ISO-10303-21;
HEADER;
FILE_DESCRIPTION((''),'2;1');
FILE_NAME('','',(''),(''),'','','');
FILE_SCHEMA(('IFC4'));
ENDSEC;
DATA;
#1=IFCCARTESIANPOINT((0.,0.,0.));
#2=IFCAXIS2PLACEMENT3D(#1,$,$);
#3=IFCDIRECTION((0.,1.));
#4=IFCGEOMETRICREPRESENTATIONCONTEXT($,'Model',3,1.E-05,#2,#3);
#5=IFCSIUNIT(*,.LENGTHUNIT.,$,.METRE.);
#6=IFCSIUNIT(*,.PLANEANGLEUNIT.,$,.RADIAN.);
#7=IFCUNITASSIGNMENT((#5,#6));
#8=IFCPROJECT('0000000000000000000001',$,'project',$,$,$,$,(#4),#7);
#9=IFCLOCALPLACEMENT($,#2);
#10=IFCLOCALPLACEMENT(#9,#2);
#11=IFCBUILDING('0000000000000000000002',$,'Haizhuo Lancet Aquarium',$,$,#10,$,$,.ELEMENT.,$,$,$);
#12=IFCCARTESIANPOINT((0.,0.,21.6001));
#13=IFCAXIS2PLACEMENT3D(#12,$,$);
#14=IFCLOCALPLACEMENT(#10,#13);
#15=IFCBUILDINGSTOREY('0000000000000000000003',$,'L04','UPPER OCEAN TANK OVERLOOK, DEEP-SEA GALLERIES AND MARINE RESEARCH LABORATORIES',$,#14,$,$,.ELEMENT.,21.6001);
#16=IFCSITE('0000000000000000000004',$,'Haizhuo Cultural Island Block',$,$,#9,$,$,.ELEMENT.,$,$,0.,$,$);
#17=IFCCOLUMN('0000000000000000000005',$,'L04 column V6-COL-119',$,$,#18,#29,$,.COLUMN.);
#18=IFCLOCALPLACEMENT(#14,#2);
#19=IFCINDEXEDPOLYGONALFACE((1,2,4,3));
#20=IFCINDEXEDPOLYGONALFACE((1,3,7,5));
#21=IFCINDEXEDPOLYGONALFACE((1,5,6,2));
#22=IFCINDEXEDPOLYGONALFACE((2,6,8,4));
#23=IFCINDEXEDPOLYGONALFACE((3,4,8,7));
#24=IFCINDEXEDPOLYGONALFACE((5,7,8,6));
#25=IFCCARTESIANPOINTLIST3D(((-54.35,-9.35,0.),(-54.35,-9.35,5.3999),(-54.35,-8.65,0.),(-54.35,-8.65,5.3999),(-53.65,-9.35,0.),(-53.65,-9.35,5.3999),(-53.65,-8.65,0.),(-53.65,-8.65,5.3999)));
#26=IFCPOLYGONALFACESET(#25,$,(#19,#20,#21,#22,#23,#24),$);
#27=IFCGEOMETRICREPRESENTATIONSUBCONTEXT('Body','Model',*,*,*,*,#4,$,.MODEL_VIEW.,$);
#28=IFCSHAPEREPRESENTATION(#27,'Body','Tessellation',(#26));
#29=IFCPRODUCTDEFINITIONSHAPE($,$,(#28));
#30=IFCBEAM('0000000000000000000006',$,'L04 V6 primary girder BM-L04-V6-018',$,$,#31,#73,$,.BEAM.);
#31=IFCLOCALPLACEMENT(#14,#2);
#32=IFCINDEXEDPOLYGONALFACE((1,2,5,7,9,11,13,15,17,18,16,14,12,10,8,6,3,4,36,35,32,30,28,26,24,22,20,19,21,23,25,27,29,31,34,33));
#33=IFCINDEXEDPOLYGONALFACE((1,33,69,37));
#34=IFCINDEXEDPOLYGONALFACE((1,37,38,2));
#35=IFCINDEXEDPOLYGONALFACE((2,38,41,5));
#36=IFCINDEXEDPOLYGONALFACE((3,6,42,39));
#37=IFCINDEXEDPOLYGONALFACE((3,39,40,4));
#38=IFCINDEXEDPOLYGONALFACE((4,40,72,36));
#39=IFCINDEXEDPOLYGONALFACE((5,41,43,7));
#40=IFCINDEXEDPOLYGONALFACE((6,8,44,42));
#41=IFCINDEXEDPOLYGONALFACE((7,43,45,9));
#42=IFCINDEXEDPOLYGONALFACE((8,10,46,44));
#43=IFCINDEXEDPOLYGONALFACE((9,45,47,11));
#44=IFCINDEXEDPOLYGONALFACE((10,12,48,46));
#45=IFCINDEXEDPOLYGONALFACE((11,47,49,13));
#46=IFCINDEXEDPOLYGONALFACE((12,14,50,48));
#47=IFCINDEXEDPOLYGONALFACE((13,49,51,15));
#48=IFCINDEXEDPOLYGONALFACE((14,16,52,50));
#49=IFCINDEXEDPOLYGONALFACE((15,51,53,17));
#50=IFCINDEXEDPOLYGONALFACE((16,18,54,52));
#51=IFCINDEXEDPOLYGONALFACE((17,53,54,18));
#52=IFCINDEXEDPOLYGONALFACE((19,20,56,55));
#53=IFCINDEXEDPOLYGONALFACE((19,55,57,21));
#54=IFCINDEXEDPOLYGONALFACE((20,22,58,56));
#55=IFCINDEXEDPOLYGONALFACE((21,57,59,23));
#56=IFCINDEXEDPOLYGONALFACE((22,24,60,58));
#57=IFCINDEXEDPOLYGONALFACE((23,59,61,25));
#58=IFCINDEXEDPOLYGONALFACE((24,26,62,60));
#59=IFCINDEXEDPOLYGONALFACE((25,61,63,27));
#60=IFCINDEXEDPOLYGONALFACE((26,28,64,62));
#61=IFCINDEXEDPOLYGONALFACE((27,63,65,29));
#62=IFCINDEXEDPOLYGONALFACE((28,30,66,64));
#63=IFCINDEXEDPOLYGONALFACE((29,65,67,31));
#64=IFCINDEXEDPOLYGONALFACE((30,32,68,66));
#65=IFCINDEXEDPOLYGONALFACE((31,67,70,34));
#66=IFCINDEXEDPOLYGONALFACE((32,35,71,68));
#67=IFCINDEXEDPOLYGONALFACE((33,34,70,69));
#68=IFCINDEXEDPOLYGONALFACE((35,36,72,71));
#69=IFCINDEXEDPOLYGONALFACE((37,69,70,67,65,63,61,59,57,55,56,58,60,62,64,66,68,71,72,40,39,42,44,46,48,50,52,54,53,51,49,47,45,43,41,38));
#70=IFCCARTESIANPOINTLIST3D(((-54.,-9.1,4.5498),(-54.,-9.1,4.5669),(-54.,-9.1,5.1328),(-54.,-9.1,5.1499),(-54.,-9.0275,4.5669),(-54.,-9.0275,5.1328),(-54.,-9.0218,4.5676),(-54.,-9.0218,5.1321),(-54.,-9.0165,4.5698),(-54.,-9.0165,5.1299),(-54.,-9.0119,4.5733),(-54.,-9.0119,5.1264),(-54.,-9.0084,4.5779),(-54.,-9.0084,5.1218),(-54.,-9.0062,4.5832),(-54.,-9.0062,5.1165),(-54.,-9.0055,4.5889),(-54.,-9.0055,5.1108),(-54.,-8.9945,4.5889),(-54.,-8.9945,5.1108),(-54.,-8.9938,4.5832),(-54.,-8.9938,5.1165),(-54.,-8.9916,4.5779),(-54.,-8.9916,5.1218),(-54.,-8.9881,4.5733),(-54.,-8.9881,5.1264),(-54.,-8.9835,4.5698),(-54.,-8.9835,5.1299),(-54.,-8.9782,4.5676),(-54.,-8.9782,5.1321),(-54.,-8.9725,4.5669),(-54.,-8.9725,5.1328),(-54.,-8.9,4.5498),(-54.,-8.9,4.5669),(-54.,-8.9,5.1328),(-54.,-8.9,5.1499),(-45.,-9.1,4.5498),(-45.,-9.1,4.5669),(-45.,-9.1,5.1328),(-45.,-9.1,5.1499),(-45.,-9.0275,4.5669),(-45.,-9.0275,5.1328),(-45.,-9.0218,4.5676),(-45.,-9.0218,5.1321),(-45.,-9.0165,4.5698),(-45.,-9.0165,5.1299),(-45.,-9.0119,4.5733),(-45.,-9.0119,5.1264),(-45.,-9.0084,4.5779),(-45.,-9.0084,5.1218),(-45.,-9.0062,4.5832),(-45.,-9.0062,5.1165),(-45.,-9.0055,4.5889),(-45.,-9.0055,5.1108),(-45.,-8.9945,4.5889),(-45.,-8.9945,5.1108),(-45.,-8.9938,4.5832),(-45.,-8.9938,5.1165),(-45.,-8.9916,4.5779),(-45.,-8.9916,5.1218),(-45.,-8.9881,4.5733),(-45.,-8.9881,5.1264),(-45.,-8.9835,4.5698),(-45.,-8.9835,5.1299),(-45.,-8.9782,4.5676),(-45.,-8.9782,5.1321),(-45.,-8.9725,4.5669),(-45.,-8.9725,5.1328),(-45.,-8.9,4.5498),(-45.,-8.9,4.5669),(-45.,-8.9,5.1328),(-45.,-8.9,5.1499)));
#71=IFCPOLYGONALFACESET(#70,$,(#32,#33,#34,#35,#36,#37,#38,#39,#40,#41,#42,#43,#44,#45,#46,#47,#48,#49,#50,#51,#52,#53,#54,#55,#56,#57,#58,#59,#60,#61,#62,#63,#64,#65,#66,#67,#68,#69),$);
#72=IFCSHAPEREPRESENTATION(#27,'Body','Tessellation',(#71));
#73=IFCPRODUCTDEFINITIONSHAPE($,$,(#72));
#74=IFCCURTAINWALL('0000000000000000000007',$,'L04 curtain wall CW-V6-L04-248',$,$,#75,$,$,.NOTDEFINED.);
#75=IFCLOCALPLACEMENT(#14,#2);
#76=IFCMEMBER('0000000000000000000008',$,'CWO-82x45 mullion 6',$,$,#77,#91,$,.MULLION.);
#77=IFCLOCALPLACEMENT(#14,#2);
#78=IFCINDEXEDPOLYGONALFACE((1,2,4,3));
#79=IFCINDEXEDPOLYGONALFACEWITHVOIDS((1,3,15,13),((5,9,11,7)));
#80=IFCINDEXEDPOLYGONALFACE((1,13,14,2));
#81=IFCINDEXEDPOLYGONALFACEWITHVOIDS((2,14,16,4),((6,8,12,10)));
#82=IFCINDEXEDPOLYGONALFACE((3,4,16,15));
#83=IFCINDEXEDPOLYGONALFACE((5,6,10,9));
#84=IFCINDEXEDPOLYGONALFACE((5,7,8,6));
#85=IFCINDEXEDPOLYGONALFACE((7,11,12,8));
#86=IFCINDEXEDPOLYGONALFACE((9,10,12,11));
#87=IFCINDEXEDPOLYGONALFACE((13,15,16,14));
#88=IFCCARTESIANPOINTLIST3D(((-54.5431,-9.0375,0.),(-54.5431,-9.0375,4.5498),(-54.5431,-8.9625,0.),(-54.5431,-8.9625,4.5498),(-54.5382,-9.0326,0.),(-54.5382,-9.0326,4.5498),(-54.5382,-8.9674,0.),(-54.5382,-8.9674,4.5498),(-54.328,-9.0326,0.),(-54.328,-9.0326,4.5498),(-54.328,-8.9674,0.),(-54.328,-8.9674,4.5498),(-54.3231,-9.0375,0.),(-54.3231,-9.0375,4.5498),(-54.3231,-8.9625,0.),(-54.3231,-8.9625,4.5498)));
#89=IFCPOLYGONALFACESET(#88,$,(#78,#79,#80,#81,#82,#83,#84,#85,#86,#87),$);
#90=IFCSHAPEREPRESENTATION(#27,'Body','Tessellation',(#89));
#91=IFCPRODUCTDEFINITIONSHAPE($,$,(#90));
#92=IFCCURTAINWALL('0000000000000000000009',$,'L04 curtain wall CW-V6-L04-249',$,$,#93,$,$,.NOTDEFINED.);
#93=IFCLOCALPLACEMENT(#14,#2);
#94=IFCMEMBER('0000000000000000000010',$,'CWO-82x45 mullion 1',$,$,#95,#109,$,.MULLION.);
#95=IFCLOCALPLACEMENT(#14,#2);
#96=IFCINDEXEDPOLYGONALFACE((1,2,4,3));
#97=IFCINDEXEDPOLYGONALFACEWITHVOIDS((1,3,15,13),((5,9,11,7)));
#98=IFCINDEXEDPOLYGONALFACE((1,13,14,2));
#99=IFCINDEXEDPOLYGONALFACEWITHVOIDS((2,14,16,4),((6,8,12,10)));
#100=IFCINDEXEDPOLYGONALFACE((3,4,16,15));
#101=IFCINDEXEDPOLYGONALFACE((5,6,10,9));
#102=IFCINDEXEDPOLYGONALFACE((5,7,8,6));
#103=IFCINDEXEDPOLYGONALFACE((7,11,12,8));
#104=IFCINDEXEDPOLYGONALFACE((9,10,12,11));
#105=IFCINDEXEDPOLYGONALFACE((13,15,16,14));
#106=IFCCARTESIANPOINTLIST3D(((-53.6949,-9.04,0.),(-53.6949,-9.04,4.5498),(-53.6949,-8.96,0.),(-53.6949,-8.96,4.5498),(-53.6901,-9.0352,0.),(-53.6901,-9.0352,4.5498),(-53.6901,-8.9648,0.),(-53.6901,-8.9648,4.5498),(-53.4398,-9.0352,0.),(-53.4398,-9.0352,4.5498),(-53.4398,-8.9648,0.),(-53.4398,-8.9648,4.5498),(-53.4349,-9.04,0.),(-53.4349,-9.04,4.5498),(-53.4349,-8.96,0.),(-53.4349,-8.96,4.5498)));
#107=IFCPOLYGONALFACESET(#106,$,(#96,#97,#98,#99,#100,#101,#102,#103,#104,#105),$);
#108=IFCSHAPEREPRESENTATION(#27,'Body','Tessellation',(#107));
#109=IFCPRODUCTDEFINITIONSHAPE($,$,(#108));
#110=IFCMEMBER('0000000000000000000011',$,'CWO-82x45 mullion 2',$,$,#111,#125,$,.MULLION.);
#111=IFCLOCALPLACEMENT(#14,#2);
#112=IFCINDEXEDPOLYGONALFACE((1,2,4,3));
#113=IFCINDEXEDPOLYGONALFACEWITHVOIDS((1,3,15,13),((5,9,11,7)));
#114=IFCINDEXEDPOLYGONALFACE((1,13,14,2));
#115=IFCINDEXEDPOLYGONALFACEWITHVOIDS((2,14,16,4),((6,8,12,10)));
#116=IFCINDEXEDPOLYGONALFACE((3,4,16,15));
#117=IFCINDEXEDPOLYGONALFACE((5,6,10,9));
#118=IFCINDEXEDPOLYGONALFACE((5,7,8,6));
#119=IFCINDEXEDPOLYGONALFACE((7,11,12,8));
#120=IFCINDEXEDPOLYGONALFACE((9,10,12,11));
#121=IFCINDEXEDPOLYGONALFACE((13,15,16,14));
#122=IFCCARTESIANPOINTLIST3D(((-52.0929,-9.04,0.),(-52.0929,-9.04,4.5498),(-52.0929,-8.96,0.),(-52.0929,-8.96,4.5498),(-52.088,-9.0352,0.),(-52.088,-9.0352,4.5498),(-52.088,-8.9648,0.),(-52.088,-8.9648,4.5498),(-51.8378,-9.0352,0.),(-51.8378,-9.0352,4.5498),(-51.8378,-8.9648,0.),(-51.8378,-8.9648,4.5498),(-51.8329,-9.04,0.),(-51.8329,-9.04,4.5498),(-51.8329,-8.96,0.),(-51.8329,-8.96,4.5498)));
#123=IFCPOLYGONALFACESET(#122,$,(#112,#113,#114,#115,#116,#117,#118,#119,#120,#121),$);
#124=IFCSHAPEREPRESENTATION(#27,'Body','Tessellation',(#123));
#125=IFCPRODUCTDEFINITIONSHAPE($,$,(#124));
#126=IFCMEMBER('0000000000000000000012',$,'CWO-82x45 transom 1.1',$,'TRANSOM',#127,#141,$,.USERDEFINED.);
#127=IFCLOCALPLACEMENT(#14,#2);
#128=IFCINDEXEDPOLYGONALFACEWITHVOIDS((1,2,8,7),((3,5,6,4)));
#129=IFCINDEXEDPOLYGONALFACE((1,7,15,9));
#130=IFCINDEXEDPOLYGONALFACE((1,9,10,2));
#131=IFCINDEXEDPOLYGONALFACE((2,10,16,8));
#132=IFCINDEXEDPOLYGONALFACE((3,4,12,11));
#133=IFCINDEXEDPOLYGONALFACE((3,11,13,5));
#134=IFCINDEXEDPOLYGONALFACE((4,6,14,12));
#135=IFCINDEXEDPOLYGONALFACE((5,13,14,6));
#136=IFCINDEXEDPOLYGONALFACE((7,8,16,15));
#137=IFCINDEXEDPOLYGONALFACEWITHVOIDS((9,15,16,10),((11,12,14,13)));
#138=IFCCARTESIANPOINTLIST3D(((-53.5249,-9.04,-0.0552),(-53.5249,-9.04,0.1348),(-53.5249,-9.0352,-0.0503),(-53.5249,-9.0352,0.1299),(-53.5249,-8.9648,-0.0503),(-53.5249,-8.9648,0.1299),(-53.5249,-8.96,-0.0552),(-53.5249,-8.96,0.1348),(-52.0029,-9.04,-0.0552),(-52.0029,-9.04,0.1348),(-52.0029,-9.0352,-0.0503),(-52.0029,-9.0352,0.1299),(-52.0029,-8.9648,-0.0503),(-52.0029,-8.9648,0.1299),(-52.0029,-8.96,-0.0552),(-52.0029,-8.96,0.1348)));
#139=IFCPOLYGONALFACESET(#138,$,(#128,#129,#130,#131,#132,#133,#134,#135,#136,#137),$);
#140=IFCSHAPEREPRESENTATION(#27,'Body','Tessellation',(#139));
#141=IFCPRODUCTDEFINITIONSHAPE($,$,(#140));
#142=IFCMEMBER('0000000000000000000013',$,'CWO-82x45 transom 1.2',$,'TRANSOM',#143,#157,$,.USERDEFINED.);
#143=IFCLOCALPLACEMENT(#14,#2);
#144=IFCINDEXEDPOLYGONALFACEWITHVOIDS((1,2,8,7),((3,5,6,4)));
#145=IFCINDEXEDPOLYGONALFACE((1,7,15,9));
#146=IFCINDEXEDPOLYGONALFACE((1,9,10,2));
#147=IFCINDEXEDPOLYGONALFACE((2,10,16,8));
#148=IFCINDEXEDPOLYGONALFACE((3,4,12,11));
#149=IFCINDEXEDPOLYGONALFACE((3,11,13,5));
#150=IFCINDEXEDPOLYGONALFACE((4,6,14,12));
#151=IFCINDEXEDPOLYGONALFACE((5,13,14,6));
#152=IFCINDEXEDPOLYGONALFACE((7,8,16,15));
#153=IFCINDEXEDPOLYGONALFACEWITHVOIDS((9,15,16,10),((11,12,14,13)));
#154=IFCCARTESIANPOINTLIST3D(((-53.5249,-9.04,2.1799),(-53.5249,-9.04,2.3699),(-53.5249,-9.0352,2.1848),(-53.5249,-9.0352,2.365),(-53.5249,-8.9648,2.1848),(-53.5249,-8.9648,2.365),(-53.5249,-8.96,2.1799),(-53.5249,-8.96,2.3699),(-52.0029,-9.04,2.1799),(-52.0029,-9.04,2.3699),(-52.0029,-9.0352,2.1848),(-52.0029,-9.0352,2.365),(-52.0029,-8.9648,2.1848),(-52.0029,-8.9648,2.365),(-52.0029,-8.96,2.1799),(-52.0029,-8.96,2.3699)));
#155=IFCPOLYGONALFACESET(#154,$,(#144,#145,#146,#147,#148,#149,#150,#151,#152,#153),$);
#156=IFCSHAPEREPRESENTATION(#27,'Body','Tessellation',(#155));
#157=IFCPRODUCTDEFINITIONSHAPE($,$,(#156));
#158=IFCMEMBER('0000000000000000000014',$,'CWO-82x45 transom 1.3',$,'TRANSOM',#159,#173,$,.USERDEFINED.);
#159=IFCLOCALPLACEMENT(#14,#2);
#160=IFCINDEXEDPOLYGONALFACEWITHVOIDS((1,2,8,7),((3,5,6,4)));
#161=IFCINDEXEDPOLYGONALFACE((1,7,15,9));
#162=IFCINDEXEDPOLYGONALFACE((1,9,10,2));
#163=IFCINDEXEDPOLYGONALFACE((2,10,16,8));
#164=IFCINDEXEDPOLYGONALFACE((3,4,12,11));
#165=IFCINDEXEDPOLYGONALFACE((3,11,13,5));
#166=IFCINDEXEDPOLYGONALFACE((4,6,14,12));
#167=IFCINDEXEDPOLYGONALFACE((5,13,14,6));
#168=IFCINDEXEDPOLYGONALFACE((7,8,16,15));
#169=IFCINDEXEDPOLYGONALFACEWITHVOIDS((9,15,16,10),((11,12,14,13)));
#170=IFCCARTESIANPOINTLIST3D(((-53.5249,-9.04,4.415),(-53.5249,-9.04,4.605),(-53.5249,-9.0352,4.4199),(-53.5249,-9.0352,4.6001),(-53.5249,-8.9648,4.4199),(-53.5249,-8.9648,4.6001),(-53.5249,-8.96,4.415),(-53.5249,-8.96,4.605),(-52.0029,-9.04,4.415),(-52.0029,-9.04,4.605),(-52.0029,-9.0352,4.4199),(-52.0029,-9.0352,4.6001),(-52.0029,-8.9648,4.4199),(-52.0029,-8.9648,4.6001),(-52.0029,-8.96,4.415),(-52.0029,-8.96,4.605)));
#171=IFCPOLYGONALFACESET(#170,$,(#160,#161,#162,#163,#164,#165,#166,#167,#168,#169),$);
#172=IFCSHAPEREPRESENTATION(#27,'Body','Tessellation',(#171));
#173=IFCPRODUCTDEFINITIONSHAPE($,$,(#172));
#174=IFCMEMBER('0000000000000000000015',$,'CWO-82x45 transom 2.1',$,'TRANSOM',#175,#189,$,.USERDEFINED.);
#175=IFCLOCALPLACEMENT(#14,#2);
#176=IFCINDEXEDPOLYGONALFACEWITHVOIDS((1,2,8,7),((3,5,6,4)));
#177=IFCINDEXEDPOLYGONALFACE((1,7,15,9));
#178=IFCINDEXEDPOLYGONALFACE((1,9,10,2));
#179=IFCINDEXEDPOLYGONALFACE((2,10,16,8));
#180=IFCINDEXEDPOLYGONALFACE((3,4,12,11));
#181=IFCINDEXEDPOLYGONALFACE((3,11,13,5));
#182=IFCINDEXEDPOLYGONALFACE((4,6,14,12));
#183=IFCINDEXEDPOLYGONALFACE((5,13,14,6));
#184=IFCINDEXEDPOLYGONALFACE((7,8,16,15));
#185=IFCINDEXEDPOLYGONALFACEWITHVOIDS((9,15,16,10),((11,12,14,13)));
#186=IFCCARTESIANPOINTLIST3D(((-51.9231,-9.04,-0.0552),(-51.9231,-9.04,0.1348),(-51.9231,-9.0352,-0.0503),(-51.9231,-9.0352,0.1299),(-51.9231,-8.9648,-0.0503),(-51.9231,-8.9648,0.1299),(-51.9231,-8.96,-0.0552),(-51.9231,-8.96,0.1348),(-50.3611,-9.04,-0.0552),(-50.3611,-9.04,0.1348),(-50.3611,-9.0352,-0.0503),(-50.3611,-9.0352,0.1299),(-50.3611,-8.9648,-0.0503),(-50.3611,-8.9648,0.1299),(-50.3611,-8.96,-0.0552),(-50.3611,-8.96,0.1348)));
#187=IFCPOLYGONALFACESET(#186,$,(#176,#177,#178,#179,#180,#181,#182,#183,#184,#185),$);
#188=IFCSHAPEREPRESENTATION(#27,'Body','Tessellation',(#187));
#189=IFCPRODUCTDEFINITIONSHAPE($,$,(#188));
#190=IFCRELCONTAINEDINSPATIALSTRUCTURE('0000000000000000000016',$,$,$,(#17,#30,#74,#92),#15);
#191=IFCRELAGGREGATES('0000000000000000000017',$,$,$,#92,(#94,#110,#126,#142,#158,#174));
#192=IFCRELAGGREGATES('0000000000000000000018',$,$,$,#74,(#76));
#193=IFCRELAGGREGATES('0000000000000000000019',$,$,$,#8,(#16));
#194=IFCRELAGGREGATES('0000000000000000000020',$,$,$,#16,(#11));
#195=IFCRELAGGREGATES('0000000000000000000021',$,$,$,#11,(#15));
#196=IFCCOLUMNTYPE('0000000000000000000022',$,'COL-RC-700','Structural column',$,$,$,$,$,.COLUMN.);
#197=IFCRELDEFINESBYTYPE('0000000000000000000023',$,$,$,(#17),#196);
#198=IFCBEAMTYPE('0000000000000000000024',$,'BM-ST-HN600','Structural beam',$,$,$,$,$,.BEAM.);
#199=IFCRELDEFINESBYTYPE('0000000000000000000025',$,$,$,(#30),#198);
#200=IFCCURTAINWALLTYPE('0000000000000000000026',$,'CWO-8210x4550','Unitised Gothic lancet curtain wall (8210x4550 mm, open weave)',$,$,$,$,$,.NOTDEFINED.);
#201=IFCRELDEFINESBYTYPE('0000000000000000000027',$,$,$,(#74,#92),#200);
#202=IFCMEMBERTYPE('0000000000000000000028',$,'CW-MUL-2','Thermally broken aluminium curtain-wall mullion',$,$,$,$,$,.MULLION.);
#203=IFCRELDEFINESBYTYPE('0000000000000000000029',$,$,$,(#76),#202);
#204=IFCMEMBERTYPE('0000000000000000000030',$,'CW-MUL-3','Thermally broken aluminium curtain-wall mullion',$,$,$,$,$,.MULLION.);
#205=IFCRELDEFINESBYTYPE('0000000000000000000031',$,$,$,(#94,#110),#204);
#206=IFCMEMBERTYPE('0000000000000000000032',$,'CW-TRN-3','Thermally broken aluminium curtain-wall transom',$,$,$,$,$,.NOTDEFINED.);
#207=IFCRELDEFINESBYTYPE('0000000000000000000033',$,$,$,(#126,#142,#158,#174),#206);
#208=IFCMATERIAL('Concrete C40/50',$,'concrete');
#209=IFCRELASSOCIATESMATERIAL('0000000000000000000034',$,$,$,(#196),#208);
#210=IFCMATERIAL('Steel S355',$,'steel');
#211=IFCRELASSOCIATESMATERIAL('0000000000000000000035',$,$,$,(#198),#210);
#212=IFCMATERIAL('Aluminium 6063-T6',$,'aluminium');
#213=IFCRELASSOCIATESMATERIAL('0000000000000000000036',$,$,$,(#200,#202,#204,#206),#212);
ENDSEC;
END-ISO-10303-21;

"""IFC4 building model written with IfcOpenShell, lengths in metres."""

from ifc_helpers import new_model, si_unit, direction, frame, origin, origin_2d, place, context, subcontext, project, spatial, rectangle, hollow_rectangle, i_section, extrude, material, material_profile, profile_set, type_object, element, aggregate, save


model = new_model("IFC4")

# Units and contexts
model_context = context("Model", 3, precision=1e-05, world=origin(), true_north=direction((0.0, 1.0)))
body_context = subcontext(model_context, "Body", "Model", "MODEL_VIEW")
ifc_project = project(units=[si_unit("LENGTHUNIT", "METRE"), si_unit("PLANEANGLEUNIT", "RADIAN")], contexts=[model_context])

# Site, building, storey
site_placement = place(None, origin())
site = spatial("IfcSite", under=ifc_project, at=site_placement, Name="Haizhuo Cultural Island Block", CompositionType="ELEMENT", RefElevation=0.0)
building_placement = place(site_placement, origin())
building = spatial("IfcBuilding", under=site, at=building_placement, Name="Haizhuo Lancet Aquarium", CompositionType="ELEMENT")
storey_placement = place(building_placement, frame((0.0, 0.0, 21.6001)))
storey = spatial("IfcBuildingStorey", under=building, at=storey_placement, Name="L04", Description="UPPER OCEAN TANK OVERLOOK, DEEP-SEA GALLERIES AND MARINE RESEARCH LABORATORIES", CompositionType="ELEMENT", Elevation=21.6001)

# Column
ifc_material_1 = material(Name="Concrete C40/50", Category="concrete")
ifc_material_profile_1 = material_profile(ifc_material_1, rectangle(XDim=0.7, YDim=0.7, at=origin_2d()), Name="RC-COL 700x700")
ifc_profile_set_1 = profile_set([ifc_material_profile_1], Name="Concrete C40/50")
column_type = type_object("IfcColumnType", Name="COL-RC-700", Description="Structural column", PredefinedType="COLUMN", material=ifc_profile_set_1)
column_placement = place(storey_placement, frame((-54.0, -9.0, 0.0), z_axis=(0.0, 0.0, 1.0), x_axis=(1.0, 0.0, 0.0)))
element("IfcColumn", 1, at=column_placement, inside=storey, type_object=column_type, Name="L04 column V6-COL-119", PredefinedType="COLUMN", context=body_context, shape_type="SweptSolid", body=[
    extrude(rectangle(XDim=0.7, YDim=0.7, at=origin_2d()), origin(), (0.0, 0.0, 1.0), 5.3999),
])

# Beam
ifc_material_2 = material(Name="Steel S355", Category="steel")
ifc_material_profile_2 = material_profile(ifc_material_2, i_section(OverallWidth=0.2, OverallDepth=0.6001, WebThickness=0.011, FlangeThickness=0.0171, FilletRadius=0.022, at=origin_2d()), Name="HN 600x200x11x17")
ifc_profile_set_2 = profile_set([ifc_material_profile_2], Name="Steel S355")
beam_type = type_object("IfcBeamType", Name="BM-ST-HN600", Description="Structural beam", PredefinedType="BEAM", material=ifc_profile_set_2)
beam_placement = place(storey_placement, frame((-54.0, -9.0, 4.8499), z_axis=(1.0, 0.0, 0.0), x_axis=(0.0, 1.0, 0.0)))
element("IfcBeam", 2, at=beam_placement, inside=storey, type_object=beam_type, Name="L04 V6 primary girder BM-L04-V6-018", PredefinedType="BEAM", context=body_context, shape_type="SweptSolid", body=[
    extrude(i_section(OverallWidth=0.2, OverallDepth=0.6001, WebThickness=0.011, FlangeThickness=0.0171, FilletRadius=0.022, at=origin_2d()), origin(), (0.0, 0.0, 1.0), 9.0),
])

# Curtain wall, member
ifc_material_3 = material(Name="Aluminium 6063-T6", Category="aluminium")
curtain_wall_type = type_object("IfcCurtainWallType", Name="CWO-8210x4550", Description="Unitised Gothic lancet curtain wall (8210x4550 mm, open weave)", PredefinedType="NOTDEFINED", material=ifc_material_3)
curtain_wall_1_placement = place(storey_placement, origin())
curtain_wall_1 = element("IfcCurtainWall", 3, at=curtain_wall_1_placement, inside=storey, type_object=curtain_wall_type, Name="L04 curtain wall CW-V6-L04-248", PredefinedType="NOTDEFINED")
ifc_material_profile_3 = material_profile(ifc_material_3, hollow_rectangle(XDim=0.075, YDim=0.22, WallThickness=0.0049, at=origin_2d()), Name="ALU-M 75x220x5")
ifc_profile_set_3 = profile_set([ifc_material_profile_3], Name="Aluminium 6063-T6")
member_type_1 = type_object("IfcMemberType", Name="CW-MUL-2", Description="Thermally broken aluminium curtain-wall mullion", PredefinedType="MULLION", material=ifc_profile_set_3)
member_1_placement = place(storey_placement, frame((-54.4331, -9.0, 0.0), z_axis=(0.0, 0.0, 1.0), x_axis=(0.0, 1.0, 0.0)))
member_1 = element("IfcMember", 4, at=member_1_placement, type_object=member_type_1, Name="CWO-82x45 mullion 6", PredefinedType="MULLION", context=body_context, shape_type="SweptSolid", body=[
    extrude(hollow_rectangle(XDim=0.075, YDim=0.22, WallThickness=0.0049, at=origin_2d()), origin(), (0.0, 0.0, 1.0), 4.5498),
])

# Curtain wall, members
curtain_wall_2_placement = place(storey_placement, origin())
curtain_wall_2 = element("IfcCurtainWall", 5, at=curtain_wall_2_placement, inside=storey, type_object=curtain_wall_type, Name="L04 curtain wall CW-V6-L04-249", PredefinedType="NOTDEFINED")
ifc_material_profile_4 = material_profile(ifc_material_3, hollow_rectangle(XDim=0.0801, YDim=0.26, WallThickness=0.0049, at=origin_2d()), Name="ALU-M 80x260x5")
ifc_profile_set_4 = profile_set([ifc_material_profile_4], Name="Aluminium 6063-T6")
member_type_2 = type_object("IfcMemberType", Name="CW-MUL-3", Description="Thermally broken aluminium curtain-wall mullion", PredefinedType="MULLION", material=ifc_profile_set_4)
member_2_placement = place(storey_placement, frame((-53.5649, -9.0, 0.0), z_axis=(0.0, 0.0, 1.0), x_axis=(0.0, 1.0, 0.0)))
member_2 = element("IfcMember", 6, at=member_2_placement, type_object=member_type_2, Name="CWO-82x45 mullion 1", PredefinedType="MULLION", context=body_context, shape_type="SweptSolid", body=[
    extrude(hollow_rectangle(XDim=0.0801, YDim=0.26, WallThickness=0.0049, at=origin_2d()), origin(), (0.0, 0.0, 1.0), 4.5498),
])
member_3_placement = place(storey_placement, frame((-51.9629, -9.0, 0.0), z_axis=(0.0, 0.0, 1.0), x_axis=(0.0, 1.0, 0.0)))
member_3 = element("IfcMember", 7, at=member_3_placement, type_object=member_type_2, Name="CWO-82x45 mullion 2", PredefinedType="MULLION", context=body_context, shape_type="SweptSolid", body=[
    extrude(hollow_rectangle(XDim=0.0801, YDim=0.26, WallThickness=0.0049, at=origin_2d()), origin(), (0.0, 0.0, 1.0), 4.5498),
])
ifc_material_profile_5 = material_profile(ifc_material_3, hollow_rectangle(XDim=0.0801, YDim=0.1899, WallThickness=0.0049, at=origin_2d()), Name="ALU-T 80x190x5")
ifc_profile_set_5 = profile_set([ifc_material_profile_5], Name="Aluminium 6063-T6")
member_type_3 = type_object("IfcMemberType", Name="CW-TRN-3", Description="Thermally broken aluminium curtain-wall transom", PredefinedType="NOTDEFINED", material=ifc_profile_set_5)
member_4_placement = place(storey_placement, frame((-53.5249, -9.0, 0.0398), z_axis=(1.0, 0.0, 0.0), x_axis=(0.0, 1.0, 0.0)))
member_4 = element("IfcMember", 8, at=member_4_placement, type_object=member_type_3, Name="CWO-82x45 transom 1.1", ObjectType="TRANSOM", PredefinedType="USERDEFINED", context=body_context, shape_type="SweptSolid", body=[
    extrude(hollow_rectangle(XDim=0.0801, YDim=0.1899, WallThickness=0.0049, at=origin_2d()), origin(), (0.0, 0.0, 1.0), 1.522),
])
member_5_placement = place(storey_placement, frame((-53.5249, -9.0, 2.2749), z_axis=(1.0, 0.0, 0.0), x_axis=(0.0, 1.0, 0.0)))
member_5 = element("IfcMember", 9, at=member_5_placement, type_object=member_type_3, Name="CWO-82x45 transom 1.2", ObjectType="TRANSOM", PredefinedType="USERDEFINED", context=body_context, shape_type="SweptSolid", body=[
    extrude(hollow_rectangle(XDim=0.0801, YDim=0.1899, WallThickness=0.0049, at=origin_2d()), origin(), (0.0, 0.0, 1.0), 1.522),
])
member_6_placement = place(storey_placement, frame((-53.5249, -9.0, 4.51), z_axis=(1.0, 0.0, 0.0), x_axis=(0.0, 1.0, 0.0)))
member_6 = element("IfcMember", 10, at=member_6_placement, type_object=member_type_3, Name="CWO-82x45 transom 1.3", ObjectType="TRANSOM", PredefinedType="USERDEFINED", context=body_context, shape_type="SweptSolid", body=[
    extrude(hollow_rectangle(XDim=0.0801, YDim=0.1899, WallThickness=0.0049, at=origin_2d()), origin(), (0.0, 0.0, 1.0), 1.522),
])
member_7_placement = place(storey_placement, frame((-51.9231, -9.0, 0.0398), z_axis=(1.0, 0.0, 0.0), x_axis=(0.0, 1.0, 0.0)))
member_7 = element("IfcMember", 11, at=member_7_placement, type_object=member_type_3, Name="CWO-82x45 transom 2.1", ObjectType="TRANSOM", PredefinedType="USERDEFINED", context=body_context, shape_type="SweptSolid", body=[
    extrude(hollow_rectangle(XDim=0.0801, YDim=0.1899, WallThickness=0.0049, at=origin_2d()), origin(), (0.0, 0.0, 1.0), 1.562),
])

aggregate(curtain_wall_2, [member_2, member_3, member_4, member_5, member_6, member_7])
aggregate(curtain_wall_1, [member_1])

save(model, "model.ifc")
